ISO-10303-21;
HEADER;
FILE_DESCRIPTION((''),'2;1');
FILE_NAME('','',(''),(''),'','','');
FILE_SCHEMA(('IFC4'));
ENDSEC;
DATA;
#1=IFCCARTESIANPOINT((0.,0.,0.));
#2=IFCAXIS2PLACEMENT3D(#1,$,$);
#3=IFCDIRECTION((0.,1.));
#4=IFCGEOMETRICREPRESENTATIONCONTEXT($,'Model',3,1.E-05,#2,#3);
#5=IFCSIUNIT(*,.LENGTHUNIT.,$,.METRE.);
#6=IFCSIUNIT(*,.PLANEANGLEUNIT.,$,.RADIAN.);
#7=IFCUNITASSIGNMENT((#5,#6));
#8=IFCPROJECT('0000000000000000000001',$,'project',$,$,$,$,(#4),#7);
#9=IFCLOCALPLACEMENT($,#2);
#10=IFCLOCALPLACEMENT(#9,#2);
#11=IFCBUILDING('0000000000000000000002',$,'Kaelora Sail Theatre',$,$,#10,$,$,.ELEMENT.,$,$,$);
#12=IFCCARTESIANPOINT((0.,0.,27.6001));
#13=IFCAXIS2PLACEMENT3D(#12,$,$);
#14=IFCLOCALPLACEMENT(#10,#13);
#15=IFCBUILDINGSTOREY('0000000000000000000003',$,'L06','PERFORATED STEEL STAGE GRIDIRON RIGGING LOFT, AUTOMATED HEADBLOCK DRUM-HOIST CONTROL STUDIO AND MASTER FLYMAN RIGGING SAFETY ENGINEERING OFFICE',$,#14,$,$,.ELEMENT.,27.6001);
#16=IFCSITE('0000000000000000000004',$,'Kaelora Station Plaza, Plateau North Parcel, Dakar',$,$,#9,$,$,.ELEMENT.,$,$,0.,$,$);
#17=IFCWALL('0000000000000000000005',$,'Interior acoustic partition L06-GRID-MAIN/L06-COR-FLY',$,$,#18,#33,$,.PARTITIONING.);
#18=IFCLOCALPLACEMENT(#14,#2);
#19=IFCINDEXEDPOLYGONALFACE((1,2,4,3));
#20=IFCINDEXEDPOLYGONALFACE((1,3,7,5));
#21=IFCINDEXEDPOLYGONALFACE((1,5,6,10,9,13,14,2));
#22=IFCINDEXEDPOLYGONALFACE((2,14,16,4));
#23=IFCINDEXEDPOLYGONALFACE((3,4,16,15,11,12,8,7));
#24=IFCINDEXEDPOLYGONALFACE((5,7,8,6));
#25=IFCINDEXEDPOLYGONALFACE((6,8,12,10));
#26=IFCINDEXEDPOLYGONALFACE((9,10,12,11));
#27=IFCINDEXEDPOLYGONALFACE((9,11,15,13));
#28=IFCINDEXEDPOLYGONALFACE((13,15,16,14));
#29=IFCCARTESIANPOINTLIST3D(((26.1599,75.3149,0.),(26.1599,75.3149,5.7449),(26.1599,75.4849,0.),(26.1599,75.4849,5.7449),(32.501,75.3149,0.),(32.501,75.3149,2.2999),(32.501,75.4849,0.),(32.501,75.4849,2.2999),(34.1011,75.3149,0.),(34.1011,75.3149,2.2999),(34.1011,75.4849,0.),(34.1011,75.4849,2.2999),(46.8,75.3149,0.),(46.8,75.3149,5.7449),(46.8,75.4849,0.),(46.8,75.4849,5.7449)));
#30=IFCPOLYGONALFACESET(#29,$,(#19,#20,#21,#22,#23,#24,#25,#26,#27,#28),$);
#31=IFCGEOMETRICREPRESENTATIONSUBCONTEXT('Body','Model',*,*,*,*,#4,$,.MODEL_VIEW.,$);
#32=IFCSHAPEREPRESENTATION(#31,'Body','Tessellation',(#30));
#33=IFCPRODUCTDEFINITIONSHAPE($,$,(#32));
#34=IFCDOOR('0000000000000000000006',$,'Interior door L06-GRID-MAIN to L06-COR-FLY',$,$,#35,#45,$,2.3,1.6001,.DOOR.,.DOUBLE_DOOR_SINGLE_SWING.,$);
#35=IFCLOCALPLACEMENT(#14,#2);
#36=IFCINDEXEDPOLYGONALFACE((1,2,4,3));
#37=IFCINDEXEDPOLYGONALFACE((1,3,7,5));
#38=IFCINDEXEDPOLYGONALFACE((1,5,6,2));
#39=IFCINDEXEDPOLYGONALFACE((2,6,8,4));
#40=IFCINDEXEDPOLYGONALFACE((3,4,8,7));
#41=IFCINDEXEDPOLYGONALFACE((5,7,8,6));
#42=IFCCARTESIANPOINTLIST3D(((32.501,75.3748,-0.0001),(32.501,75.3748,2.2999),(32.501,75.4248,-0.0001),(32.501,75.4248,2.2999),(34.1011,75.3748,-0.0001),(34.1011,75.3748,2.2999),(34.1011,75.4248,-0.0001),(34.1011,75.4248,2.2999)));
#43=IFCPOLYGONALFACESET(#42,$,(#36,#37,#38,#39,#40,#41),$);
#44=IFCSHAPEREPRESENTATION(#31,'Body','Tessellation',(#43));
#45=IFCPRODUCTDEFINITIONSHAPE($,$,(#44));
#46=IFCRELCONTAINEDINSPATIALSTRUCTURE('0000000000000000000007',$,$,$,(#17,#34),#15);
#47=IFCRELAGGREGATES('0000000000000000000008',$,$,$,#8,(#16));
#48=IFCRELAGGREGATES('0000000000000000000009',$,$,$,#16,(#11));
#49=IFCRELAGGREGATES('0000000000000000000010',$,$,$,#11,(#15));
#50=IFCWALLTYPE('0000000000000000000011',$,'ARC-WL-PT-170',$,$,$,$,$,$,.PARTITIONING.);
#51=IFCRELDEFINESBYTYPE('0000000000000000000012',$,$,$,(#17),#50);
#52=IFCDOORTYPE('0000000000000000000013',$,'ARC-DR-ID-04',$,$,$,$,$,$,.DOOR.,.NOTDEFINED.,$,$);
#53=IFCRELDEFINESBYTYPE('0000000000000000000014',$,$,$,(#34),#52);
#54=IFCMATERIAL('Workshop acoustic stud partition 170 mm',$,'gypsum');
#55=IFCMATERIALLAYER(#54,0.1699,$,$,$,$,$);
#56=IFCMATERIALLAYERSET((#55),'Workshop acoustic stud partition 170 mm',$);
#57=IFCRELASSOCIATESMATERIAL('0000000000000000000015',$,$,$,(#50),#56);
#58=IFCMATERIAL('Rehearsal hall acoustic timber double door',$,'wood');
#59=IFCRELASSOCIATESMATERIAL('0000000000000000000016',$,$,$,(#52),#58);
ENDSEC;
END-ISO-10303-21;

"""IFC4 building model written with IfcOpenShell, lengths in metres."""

from ifc_helpers import new_model, si_unit, direction, frame, frame_2d, origin, place, context, subcontext, project, spatial, rectangle, extrude, material, layer, layer_set, type_object, element, fill, save


model = new_model("IFC4")

# Units and contexts
model_context = context("Model", 3, precision=1e-05, world=origin(), true_north=direction((0.0, 1.0)))
body_context = subcontext(model_context, "Body", "Model", "MODEL_VIEW")
ifc_project = project(units=[si_unit("LENGTHUNIT", "METRE"), si_unit("PLANEANGLEUNIT", "RADIAN")], contexts=[model_context])

# Site, building, storey
site_placement = place(None, origin())
site = spatial("IfcSite", under=ifc_project, at=site_placement, Name="Kaelora Station Plaza, Plateau North Parcel, Dakar", CompositionType="ELEMENT", RefElevation=0.0)
building_placement = place(site_placement, origin())
building = spatial("IfcBuilding", under=site, at=building_placement, Name="Kaelora Sail Theatre", CompositionType="ELEMENT")
storey_placement = place(building_placement, frame((0.0, 0.0, 27.6001)))
storey = spatial("IfcBuildingStorey", under=building, at=storey_placement, Name="L06", Description="PERFORATED STEEL STAGE GRIDIRON RIGGING LOFT, AUTOMATED HEADBLOCK DRUM-HOIST CONTROL STUDIO AND MASTER FLYMAN RIGGING SAFETY ENGINEERING OFFICE", CompositionType="ELEMENT", Elevation=27.6001)

# Wall, opening, door
ifc_material_1 = material(Name="Workshop acoustic stud partition 170 mm", Category="gypsum")
ifc_layer_1 = layer(ifc_material_1, 0.1699)
ifc_layer_set_1 = layer_set([ifc_layer_1], Name="Workshop acoustic stud partition 170 mm")
wall_type = type_object("IfcWallType", Name="ARC-WL-PT-170", PredefinedType="PARTITIONING", material=ifc_layer_set_1)
wall_placement = place(storey_placement, frame((26.1599, 75.3999, 0.0), z_axis=(0.0, 0.0, 1.0), x_axis=(1.0, 0.0, 0.0)))
wall = element("IfcWall", 1, at=wall_placement, inside=storey, type_object=wall_type, Name="Interior acoustic partition L06-GRID-MAIN/L06-COR-FLY", PredefinedType="PARTITIONING", context=body_context, shape_type="SweptSolid", body=[
    extrude(rectangle(XDim=20.6401, YDim=0.1699, at=frame_2d((10.3201, 0.0))), origin(), (0.0, 0.0, 1.0), 5.7449),
])
opening_placement = place(wall_placement, frame((6.3411, 0.0, 0.0)))
opening = element("IfcOpeningElement", 2, at=opening_placement, cuts=wall, PredefinedType="OPENING", context=body_context, shape_type="SweptSolid", body=[
    extrude(rectangle(XDim=1.6001, YDim=2.3, at=frame_2d((0.8, 1.1499))), frame((0.0, 0.095, 0.0), z_axis=(0.0, -1.0, 0.0), x_axis=(1.0, 0.0, 0.0)), (0.0, 0.0, 1.0), 0.1899),
])
ifc_material_2 = material(Name="Rehearsal hall acoustic timber double door", Category="wood")
door_type = type_object("IfcDoorType", Name="ARC-DR-ID-04", OperationType="NOTDEFINED", PredefinedType="DOOR", material=ifc_material_2)
door_placement = place(opening_placement, origin())
door = element("IfcDoor", 3, at=door_placement, inside=storey, type_object=door_type, Name="Interior door L06-GRID-MAIN to L06-COR-FLY", OperationType="DOUBLE_DOOR_SINGLE_SWING", OverallHeight=2.3, OverallWidth=1.6001, PredefinedType="DOOR", context=body_context, shape_type="SweptSolid", body=[
    extrude(rectangle(XDim=1.6001, YDim=2.3, at=frame_2d((0.8, 1.1499))), frame((0.0, 0.0249, 0.0), z_axis=(0.0, -1.0, 0.0), x_axis=(1.0, 0.0, 0.0)), (0.0, 0.0, 1.0), 0.05),
])
fill(opening, door)

save(model, "model.ifc")
